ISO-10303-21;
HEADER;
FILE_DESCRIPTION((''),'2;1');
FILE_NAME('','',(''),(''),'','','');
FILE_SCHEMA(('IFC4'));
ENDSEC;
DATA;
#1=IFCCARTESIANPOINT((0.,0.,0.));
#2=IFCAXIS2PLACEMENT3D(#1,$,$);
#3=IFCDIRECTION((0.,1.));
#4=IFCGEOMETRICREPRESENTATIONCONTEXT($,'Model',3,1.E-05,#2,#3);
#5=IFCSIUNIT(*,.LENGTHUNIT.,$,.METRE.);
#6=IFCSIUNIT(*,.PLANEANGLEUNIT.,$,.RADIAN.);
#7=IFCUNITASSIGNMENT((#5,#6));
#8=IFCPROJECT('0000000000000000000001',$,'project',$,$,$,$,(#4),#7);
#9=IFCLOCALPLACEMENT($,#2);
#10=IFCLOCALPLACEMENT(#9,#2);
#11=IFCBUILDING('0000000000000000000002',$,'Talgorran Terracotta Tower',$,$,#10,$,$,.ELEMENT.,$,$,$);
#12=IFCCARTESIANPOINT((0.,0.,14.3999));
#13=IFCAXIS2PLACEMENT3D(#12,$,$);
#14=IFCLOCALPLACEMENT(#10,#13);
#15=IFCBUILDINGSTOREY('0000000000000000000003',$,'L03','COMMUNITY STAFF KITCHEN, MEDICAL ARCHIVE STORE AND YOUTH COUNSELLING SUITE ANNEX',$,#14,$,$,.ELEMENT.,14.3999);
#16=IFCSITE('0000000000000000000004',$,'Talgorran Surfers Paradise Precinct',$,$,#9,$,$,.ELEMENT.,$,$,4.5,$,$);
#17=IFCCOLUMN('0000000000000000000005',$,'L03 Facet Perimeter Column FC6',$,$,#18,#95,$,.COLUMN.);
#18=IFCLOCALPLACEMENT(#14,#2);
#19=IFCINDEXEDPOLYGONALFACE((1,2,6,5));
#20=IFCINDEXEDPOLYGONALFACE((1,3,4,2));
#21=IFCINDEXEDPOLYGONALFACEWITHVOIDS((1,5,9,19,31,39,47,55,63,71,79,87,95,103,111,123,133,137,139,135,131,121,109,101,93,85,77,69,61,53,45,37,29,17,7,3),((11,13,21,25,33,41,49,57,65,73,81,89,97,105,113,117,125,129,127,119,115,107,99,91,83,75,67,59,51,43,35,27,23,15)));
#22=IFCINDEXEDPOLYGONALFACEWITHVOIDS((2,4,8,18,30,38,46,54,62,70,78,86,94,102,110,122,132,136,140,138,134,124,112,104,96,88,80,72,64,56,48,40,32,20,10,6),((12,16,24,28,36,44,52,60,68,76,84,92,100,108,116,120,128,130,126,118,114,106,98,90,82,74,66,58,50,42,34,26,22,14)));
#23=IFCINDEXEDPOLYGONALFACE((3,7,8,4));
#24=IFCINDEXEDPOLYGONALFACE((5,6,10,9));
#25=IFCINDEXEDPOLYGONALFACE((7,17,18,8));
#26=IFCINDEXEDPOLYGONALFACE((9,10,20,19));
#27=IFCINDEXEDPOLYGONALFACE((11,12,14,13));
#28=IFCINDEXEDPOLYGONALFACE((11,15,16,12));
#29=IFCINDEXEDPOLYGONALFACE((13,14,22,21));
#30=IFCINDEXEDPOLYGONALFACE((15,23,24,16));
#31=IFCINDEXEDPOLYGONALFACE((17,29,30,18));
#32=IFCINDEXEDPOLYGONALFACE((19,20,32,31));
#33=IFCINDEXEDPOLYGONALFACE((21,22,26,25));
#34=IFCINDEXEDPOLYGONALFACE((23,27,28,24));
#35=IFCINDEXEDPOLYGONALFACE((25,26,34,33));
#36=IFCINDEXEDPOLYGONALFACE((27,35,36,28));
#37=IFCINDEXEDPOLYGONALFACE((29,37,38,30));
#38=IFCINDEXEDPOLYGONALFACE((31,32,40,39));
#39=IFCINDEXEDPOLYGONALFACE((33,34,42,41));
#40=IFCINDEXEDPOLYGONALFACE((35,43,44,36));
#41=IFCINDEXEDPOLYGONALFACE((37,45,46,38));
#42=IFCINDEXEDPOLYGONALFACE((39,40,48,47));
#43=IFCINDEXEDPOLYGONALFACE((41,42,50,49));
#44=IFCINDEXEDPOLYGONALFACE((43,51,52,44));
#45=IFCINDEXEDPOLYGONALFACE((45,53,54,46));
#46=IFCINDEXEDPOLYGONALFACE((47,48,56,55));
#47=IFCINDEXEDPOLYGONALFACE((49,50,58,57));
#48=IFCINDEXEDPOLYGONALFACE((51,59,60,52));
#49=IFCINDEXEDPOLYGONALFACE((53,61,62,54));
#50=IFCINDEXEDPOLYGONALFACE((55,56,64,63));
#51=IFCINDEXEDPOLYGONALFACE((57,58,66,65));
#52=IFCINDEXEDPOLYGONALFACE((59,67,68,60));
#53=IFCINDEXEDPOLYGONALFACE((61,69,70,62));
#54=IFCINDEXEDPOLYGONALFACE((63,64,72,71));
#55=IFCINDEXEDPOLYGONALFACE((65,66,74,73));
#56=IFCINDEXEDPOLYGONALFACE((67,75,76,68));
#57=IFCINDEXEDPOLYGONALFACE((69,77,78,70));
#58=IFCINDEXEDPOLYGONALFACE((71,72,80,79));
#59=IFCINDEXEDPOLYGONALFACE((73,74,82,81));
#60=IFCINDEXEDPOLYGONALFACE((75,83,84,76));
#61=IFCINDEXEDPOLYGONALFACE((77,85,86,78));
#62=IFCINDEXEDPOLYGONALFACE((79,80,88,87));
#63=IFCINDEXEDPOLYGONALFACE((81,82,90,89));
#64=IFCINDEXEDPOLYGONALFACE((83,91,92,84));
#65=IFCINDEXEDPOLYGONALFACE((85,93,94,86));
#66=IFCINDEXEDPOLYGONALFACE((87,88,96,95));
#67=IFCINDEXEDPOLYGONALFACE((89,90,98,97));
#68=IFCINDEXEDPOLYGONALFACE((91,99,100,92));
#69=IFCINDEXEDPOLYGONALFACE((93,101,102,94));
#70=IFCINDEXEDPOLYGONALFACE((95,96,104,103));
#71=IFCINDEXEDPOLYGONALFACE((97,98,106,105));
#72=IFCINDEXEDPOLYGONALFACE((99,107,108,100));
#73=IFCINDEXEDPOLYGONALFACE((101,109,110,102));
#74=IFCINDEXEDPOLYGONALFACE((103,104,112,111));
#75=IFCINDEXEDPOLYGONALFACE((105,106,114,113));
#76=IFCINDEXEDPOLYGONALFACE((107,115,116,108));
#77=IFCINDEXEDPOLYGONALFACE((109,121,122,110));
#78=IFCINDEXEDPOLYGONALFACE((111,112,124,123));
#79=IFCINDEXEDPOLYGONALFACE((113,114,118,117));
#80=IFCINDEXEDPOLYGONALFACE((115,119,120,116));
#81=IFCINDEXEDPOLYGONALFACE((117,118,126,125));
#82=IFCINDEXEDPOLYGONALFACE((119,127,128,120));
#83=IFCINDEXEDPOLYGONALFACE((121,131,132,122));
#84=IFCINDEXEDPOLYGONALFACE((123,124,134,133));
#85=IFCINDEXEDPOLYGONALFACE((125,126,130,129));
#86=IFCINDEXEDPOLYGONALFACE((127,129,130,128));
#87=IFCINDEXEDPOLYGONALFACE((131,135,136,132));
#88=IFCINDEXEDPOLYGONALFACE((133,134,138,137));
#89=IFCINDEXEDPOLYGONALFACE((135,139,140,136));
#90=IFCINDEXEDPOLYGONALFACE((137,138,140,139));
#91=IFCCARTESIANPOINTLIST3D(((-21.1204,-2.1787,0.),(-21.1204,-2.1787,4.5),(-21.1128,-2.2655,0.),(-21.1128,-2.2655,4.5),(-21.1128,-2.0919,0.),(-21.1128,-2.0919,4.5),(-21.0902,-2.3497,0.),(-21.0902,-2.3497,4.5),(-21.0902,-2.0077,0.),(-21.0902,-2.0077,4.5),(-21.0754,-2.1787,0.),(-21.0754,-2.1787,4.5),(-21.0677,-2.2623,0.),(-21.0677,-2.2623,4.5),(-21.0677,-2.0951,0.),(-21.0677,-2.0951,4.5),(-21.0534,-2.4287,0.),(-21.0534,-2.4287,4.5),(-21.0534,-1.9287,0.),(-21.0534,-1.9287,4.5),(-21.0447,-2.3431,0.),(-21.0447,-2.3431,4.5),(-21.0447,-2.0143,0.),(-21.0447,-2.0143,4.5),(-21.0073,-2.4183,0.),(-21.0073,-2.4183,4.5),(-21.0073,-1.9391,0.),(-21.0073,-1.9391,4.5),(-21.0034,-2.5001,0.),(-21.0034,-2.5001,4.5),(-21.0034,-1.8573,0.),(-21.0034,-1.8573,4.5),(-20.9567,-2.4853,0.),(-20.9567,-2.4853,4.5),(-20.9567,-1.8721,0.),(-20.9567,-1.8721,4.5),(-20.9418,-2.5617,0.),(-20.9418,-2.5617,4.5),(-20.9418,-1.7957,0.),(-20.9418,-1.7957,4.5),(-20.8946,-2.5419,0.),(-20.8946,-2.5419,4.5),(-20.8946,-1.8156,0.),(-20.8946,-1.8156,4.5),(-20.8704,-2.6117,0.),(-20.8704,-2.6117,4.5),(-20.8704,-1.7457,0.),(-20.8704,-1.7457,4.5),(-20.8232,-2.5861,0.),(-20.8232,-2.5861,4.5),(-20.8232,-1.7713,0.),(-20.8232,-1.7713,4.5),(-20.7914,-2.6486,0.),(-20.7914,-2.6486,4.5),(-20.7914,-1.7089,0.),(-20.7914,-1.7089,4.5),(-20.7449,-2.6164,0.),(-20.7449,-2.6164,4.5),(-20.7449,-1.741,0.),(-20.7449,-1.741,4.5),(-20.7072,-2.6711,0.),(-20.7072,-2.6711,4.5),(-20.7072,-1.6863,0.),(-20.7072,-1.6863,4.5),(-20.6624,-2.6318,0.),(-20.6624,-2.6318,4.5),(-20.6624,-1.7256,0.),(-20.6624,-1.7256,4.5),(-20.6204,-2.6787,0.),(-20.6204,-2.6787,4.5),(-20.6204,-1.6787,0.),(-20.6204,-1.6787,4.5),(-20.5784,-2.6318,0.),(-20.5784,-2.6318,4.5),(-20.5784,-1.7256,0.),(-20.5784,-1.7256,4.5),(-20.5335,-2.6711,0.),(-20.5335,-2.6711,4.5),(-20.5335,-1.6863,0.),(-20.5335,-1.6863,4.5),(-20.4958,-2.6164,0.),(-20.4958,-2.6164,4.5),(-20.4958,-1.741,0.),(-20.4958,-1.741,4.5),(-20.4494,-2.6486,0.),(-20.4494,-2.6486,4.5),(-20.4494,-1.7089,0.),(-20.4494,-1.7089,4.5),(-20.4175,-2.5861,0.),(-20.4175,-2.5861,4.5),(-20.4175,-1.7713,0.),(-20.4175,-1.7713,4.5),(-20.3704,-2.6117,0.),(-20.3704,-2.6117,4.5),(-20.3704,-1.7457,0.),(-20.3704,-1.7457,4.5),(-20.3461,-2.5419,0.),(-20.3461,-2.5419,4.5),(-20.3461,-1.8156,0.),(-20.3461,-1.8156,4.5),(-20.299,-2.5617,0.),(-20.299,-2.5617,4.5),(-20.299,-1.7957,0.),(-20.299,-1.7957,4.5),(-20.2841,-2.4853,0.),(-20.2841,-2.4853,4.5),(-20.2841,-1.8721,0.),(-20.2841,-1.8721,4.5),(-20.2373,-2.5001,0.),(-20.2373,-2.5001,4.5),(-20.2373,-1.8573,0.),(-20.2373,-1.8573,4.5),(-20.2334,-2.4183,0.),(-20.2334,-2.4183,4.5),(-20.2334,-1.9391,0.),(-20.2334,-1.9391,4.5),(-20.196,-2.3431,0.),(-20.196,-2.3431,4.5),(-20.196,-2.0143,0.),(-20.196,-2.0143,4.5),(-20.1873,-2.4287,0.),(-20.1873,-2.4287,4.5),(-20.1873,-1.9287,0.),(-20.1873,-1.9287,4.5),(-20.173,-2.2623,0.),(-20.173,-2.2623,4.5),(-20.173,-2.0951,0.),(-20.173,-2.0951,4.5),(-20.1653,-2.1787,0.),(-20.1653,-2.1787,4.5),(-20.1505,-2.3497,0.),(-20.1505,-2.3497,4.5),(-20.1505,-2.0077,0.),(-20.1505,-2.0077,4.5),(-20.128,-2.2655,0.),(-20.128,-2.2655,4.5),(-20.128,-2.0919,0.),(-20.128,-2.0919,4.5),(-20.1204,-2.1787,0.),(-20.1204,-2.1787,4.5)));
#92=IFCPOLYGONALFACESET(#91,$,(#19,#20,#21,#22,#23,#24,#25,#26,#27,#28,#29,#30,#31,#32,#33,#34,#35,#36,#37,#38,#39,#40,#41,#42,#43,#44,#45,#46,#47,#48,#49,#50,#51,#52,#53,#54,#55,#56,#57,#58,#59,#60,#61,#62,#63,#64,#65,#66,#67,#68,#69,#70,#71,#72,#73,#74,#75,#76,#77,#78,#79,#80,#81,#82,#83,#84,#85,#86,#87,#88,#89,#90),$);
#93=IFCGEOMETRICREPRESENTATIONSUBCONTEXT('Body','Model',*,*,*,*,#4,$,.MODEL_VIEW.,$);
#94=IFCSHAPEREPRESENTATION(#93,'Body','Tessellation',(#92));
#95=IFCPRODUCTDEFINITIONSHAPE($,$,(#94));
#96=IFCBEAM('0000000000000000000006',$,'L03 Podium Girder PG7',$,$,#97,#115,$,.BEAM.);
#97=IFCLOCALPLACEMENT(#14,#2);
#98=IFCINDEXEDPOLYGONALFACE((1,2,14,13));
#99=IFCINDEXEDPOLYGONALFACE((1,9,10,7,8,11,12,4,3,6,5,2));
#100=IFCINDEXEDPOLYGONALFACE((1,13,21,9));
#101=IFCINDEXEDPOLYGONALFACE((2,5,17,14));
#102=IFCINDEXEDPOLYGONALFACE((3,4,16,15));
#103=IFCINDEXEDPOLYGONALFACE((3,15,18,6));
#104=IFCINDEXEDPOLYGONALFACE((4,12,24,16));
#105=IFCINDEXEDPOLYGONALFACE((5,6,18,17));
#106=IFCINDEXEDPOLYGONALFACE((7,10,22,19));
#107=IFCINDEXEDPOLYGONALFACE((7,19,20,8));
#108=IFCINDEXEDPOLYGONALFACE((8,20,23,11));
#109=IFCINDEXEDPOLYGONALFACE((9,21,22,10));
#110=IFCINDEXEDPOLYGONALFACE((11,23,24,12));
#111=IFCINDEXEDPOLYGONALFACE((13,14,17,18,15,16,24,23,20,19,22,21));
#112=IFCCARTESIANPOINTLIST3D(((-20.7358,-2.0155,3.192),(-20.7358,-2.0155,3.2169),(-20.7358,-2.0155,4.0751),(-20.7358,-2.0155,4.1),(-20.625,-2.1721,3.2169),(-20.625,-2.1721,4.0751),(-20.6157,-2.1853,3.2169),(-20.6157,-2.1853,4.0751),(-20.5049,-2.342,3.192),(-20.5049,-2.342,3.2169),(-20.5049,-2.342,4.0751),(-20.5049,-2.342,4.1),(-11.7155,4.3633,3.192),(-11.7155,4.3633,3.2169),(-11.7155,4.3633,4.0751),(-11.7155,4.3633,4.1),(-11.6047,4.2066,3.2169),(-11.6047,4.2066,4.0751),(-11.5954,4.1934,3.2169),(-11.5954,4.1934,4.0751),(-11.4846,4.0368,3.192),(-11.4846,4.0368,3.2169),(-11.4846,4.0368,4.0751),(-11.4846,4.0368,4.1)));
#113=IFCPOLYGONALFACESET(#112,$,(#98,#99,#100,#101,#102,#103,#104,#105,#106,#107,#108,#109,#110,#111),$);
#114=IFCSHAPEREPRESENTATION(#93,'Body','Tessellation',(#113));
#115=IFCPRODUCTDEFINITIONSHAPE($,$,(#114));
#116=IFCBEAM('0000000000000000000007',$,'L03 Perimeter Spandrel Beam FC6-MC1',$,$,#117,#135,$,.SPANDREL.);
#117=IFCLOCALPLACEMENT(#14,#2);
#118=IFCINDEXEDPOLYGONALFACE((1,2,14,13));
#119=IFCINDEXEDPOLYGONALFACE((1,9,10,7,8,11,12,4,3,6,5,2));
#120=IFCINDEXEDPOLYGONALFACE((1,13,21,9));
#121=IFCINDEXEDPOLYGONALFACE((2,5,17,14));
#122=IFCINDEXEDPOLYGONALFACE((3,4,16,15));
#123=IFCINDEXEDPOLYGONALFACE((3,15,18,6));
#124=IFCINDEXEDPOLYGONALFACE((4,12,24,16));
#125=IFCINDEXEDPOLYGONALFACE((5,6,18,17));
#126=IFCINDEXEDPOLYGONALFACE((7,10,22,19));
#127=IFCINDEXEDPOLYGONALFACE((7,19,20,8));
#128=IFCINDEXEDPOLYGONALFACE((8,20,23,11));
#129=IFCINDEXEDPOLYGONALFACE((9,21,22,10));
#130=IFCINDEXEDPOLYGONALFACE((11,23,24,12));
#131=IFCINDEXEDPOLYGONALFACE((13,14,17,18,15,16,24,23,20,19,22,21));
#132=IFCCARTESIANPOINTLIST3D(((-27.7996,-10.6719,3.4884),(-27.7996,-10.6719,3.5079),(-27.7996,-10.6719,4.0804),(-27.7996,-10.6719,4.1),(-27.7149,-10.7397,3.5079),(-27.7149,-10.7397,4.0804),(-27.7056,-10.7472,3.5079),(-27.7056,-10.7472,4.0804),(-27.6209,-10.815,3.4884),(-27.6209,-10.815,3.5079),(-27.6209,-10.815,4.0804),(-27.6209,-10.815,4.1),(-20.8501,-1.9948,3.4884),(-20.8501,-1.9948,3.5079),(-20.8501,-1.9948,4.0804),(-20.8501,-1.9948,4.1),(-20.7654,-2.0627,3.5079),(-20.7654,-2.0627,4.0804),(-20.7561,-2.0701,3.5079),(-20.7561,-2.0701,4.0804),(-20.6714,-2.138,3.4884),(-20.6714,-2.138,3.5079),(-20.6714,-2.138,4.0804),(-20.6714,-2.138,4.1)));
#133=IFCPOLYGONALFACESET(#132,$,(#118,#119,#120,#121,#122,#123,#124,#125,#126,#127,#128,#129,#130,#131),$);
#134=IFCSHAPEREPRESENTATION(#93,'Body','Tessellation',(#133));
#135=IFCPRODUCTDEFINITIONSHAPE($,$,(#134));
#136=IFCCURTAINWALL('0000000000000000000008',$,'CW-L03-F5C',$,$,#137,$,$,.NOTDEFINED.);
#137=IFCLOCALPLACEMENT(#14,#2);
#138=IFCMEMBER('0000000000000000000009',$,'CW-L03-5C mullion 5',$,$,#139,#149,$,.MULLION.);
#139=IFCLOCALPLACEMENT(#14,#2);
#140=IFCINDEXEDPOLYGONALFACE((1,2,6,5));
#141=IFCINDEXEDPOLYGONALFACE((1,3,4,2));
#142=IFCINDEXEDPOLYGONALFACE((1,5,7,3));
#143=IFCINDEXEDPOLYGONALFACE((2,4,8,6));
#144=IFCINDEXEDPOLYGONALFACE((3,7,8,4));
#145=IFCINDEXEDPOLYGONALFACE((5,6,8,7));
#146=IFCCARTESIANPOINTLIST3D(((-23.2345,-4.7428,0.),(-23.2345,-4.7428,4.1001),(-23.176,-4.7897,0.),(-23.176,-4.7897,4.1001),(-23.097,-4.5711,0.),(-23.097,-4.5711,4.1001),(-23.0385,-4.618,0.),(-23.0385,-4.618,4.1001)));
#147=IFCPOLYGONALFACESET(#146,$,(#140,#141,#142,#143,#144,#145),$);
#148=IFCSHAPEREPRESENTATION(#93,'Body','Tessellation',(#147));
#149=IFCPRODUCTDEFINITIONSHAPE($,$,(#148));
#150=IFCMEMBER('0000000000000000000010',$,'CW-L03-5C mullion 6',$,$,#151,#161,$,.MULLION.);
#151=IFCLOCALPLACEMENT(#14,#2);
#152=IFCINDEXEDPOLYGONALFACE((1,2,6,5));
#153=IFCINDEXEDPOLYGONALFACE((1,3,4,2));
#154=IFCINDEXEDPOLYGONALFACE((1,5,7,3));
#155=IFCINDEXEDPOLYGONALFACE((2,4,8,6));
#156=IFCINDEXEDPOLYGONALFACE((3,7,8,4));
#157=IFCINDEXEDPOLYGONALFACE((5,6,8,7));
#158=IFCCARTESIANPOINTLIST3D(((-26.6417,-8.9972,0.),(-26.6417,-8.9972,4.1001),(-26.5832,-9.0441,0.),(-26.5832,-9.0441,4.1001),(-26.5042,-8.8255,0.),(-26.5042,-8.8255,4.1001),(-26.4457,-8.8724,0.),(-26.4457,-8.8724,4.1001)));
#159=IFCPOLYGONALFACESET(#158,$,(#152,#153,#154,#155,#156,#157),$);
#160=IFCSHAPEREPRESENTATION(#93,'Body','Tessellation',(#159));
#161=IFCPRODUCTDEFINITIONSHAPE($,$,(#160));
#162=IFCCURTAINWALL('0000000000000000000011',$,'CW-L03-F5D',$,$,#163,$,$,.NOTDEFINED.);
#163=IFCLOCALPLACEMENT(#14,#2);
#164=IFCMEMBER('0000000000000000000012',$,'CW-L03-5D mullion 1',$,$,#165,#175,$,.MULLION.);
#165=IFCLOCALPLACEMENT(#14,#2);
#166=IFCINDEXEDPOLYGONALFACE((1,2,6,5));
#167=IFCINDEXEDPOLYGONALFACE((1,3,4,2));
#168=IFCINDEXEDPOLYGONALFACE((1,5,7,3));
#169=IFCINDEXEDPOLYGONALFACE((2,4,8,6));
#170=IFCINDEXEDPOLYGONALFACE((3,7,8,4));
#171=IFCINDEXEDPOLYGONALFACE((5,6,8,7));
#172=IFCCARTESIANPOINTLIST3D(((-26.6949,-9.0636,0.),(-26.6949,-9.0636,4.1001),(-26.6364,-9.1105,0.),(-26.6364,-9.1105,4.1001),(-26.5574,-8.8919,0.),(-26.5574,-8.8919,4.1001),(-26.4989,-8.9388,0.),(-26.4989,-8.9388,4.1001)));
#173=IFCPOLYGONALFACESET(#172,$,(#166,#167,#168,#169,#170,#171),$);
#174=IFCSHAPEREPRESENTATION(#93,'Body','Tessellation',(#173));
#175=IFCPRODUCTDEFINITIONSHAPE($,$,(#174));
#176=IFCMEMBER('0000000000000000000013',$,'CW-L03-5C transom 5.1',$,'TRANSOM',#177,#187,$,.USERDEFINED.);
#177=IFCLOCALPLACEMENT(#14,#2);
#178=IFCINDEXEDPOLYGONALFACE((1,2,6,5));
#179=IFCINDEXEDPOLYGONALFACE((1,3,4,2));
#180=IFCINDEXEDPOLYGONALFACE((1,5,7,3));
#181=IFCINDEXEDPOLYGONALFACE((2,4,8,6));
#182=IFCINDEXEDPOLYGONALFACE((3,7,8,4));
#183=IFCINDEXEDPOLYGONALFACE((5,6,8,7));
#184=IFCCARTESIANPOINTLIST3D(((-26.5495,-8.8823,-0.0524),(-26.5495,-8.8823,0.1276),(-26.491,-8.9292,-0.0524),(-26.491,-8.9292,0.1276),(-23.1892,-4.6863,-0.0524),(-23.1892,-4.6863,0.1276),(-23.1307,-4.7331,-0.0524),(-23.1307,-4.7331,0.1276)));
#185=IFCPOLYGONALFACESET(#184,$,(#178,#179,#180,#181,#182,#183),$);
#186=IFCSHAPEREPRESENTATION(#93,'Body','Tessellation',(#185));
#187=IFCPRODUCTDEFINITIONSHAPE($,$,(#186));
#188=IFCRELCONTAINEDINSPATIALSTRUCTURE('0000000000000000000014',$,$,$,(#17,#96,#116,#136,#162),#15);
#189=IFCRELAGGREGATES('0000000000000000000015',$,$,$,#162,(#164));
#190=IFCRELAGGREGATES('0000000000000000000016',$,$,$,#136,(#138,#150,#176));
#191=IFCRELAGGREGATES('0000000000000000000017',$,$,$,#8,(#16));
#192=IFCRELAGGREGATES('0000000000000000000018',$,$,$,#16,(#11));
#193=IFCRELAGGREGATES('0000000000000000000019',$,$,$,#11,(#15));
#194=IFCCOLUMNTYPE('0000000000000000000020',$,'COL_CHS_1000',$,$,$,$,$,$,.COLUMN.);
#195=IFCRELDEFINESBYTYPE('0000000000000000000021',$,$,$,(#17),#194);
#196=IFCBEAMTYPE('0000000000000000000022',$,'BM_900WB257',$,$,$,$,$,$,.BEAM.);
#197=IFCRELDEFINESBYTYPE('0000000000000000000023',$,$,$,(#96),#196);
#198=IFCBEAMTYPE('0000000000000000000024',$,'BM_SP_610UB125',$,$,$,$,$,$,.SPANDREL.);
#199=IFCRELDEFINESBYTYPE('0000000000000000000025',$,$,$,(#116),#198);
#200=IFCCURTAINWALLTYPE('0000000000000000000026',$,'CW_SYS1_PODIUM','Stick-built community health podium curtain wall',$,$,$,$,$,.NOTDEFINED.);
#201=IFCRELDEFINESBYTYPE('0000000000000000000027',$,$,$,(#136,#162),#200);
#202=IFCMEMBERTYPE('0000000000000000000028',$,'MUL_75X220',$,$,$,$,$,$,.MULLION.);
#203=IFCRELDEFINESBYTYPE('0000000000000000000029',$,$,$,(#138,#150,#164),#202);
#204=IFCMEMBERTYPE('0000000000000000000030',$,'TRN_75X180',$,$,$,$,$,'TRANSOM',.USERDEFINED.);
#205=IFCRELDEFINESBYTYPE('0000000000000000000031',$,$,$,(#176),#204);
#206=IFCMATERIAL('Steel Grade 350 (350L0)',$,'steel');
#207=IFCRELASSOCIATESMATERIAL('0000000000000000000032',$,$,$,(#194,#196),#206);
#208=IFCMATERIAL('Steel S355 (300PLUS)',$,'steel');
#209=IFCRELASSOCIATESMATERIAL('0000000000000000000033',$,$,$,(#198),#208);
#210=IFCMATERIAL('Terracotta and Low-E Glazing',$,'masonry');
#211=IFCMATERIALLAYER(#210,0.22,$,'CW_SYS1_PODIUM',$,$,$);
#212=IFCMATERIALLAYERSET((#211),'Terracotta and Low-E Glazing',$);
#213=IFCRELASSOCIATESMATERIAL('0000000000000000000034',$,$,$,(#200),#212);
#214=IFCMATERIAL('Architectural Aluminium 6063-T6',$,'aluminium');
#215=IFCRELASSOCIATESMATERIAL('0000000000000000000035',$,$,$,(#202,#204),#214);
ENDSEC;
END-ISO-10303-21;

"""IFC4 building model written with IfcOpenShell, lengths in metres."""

from ifc_helpers import new_model, si_unit, direction, frame, origin, origin_2d, place, context, subcontext, project, spatial, rectangle, hollow_circle, i_section, extrude, material, layer, layer_set, material_profile, profile_set, type_object, element, aggregate, save


model = new_model("IFC4")

# Units and contexts
model_context = context("Model", 3, precision=1e-05, world=origin(), true_north=direction((0.0, 1.0)))
body_context = subcontext(model_context, "Body", "Model", "MODEL_VIEW")
ifc_project = project(units=[si_unit("LENGTHUNIT", "METRE"), si_unit("PLANEANGLEUNIT", "RADIAN")], contexts=[model_context])

# Site, building, storey
site_placement = place(None, origin())
site = spatial("IfcSite", under=ifc_project, at=site_placement, Name="Talgorran Surfers Paradise Precinct", CompositionType="ELEMENT", RefElevation=4.5)
building_placement = place(site_placement, origin())
building = spatial("IfcBuilding", under=site, at=building_placement, Name="Talgorran Terracotta Tower", CompositionType="ELEMENT")
storey_placement = place(building_placement, frame((0.0, 0.0, 14.3999)))
storey = spatial("IfcBuildingStorey", under=building, at=storey_placement, Name="L03", Description="COMMUNITY STAFF KITCHEN, MEDICAL ARCHIVE STORE AND YOUTH COUNSELLING SUITE ANNEX", CompositionType="ELEMENT", Elevation=14.3999)

# Column
ifc_material_1 = material(Name="Steel Grade 350 (350L0)", Category="steel")
ifc_material_profile_1 = material_profile(ifc_material_1, hollow_circle(Radius=0.5, WallThickness=0.0449, at=origin_2d()), Name="CHS1000X45")
ifc_profile_set_1 = profile_set([ifc_material_profile_1], Name="Steel Grade 350 (350L0)")
column_type = type_object("IfcColumnType", Name="COL_CHS_1000", PredefinedType="COLUMN", material=ifc_profile_set_1)
column_placement = place(storey_placement, frame((-20.6204, -2.1787, 0.0), z_axis=(0.0, 0.0, 1.0), x_axis=(1.0, 0.0, 0.0)))
element("IfcColumn", 1, at=column_placement, inside=storey, type_object=column_type, Name="L03 Facet Perimeter Column FC6", PredefinedType="COLUMN", context=body_context, shape_type="SweptSolid", body=[
    extrude(hollow_circle(Radius=0.5, WallThickness=0.0449, at=origin_2d()), origin(), (0.0, 0.0, 1.0), 4.5),
])

# Beams
ifc_material_profile_2 = material_profile(ifc_material_1, i_section(OverallWidth=0.3999, OverallDepth=0.908, WebThickness=0.0161, FlangeThickness=0.0249, at=origin_2d()), Name="900WB257")
ifc_profile_set_2 = profile_set([ifc_material_profile_2], Name="Steel Grade 350 (350L0)")
beam_type_1 = type_object("IfcBeamType", Name="BM_900WB257", PredefinedType="BEAM", material=ifc_profile_set_2)
beam_1_placement = place(storey_placement, frame((-20.6204, -2.1787, 3.646), z_axis=(0.816481, 0.577373, 0.0), x_axis=(-0.577373, 0.816481, 0.0)))
element("IfcBeam", 2, at=beam_1_placement, inside=storey, type_object=beam_type_1, Name="L03 Podium Girder PG7", PredefinedType="BEAM", context=body_context, shape_type="SweptSolid", body=[
    extrude(i_section(OverallWidth=0.3999, OverallDepth=0.908, WebThickness=0.0161, FlangeThickness=0.0249, at=origin_2d()), origin(), (0.0, 0.0, 1.0), 11.0479),
])
ifc_material_2 = material(Name="Steel S355 (300PLUS)", Category="steel")
ifc_material_profile_3 = material_profile(ifc_material_2, i_section(OverallWidth=0.229, OverallDepth=0.6116, WebThickness=0.012, FlangeThickness=0.0195, at=origin_2d()), Name="610UB125")
ifc_profile_set_3 = profile_set([ifc_material_profile_3], Name="Steel S355 (300PLUS)")
beam_type_2 = type_object("IfcBeamType", Name="BM_SP_610UB125", PredefinedType="SPANDREL", material=ifc_profile_set_3)
beam_2_placement = place(storey_placement, frame((-20.7607, -2.0664, 3.7942), z_axis=(-0.625126, -0.780524, 0.0), x_axis=(0.780524, -0.625126, 0.0)))
element("IfcBeam", 3, at=beam_2_placement, inside=storey, type_object=beam_type_2, Name="L03 Perimeter Spandrel Beam FC6-MC1", PredefinedType="SPANDREL", context=body_context, shape_type="SweptSolid", body=[
    extrude(i_section(OverallWidth=0.229, OverallDepth=0.6116, WebThickness=0.012, FlangeThickness=0.0195, at=origin_2d()), origin(), (0.0, 0.0, 1.0), 11.1169),
])

# Curtain wall, members
ifc_material_3 = material(Name="Terracotta and Low-E Glazing", Category="masonry")
ifc_layer_1 = layer(ifc_material_3, 0.22, Name="CW_SYS1_PODIUM")
ifc_layer_set_1 = layer_set([ifc_layer_1], Name="Terracotta and Low-E Glazing")
curtain_wall_type = type_object("IfcCurtainWallType", Name="CW_SYS1_PODIUM", Description="Stick-built community health podium curtain wall", PredefinedType="NOTDEFINED", material=ifc_layer_set_1)
curtain_wall_1_placement = place(storey_placement, origin())
curtain_wall_1 = element("IfcCurtainWall", 4, at=curtain_wall_1_placement, inside=storey, type_object=curtain_wall_type, Name="CW-L03-F5C", PredefinedType="NOTDEFINED")
ifc_material_4 = material(Name="Architectural Aluminium 6063-T6", Category="aluminium")
ifc_material_profile_4 = material_profile(ifc_material_4, rectangle(XDim=0.075, YDim=0.22, at=origin_2d()), Name="CWM75X220")
ifc_profile_set_4 = profile_set([ifc_material_profile_4], Name="Architectural Aluminium 6063-T6")
member_type_1 = type_object("IfcMemberType", Name="MUL_75X220", PredefinedType="MULLION", material=ifc_profile_set_4)
member_1_placement = place(storey_placement, frame((-23.1365, -4.6804, 0.0), z_axis=(0.0, 0.0, 1.0), x_axis=(0.780531, -0.625117, 0.0)))
member_1 = element("IfcMember", 5, at=member_1_placement, type_object=member_type_1, Name="CW-L03-5C mullion 5", PredefinedType="MULLION", context=body_context, shape_type="SweptSolid", body=[
    extrude(rectangle(XDim=0.075, YDim=0.22, at=origin_2d()), origin(), (0.0, 0.0, 1.0), 4.1001),
])
member_2_placement = place(storey_placement, frame((-26.5437, -8.9348, 0.0), z_axis=(0.0, 0.0, 1.0), x_axis=(0.780531, -0.625117, 0.0)))
member_2 = element("IfcMember", 6, at=member_2_placement, type_object=member_type_1, Name="CW-L03-5C mullion 6", PredefinedType="MULLION", context=body_context, shape_type="SweptSolid", body=[
    extrude(rectangle(XDim=0.075, YDim=0.22, at=origin_2d()), origin(), (0.0, 0.0, 1.0), 4.1001),
])

# Curtain wall, member
curtain_wall_2_placement = place(storey_placement, origin())
curtain_wall_2 = element("IfcCurtainWall", 7, at=curtain_wall_2_placement, inside=storey, type_object=curtain_wall_type, Name="CW-L03-F5D", PredefinedType="NOTDEFINED")
member_3_placement = place(storey_placement, frame((-26.5969, -9.0012, 0.0), z_axis=(0.0, 0.0, 1.0), x_axis=(0.780524, -0.625126, 0.0)))
member_3 = element("IfcMember", 8, at=member_3_placement, type_object=member_type_1, Name="CW-L03-5D mullion 1", PredefinedType="MULLION", context=body_context, shape_type="SweptSolid", body=[
    extrude(rectangle(XDim=0.075, YDim=0.22, at=origin_2d()), origin(), (0.0, 0.0, 1.0), 4.1001),
])

# Member
ifc_material_profile_5 = material_profile(ifc_material_4, rectangle(XDim=0.075, YDim=0.1799, at=origin_2d()), Name="CWT75X180")
ifc_profile_set_5 = profile_set([ifc_material_profile_5], Name="Architectural Aluminium 6063-T6")
member_type_2 = type_object("IfcMemberType", Name="TRN_75X180", ElementType="TRANSOM", PredefinedType="USERDEFINED", material=ifc_profile_set_5)
member_4_placement = place(storey_placement, frame((-23.1599, -4.7097, 0.0376), z_axis=(-0.625094, -0.78055, 0.0), x_axis=(0.78055, -0.625094, 0.0)))
member_4 = element("IfcMember", 9, at=member_4_placement, type_object=member_type_2, Name="CW-L03-5C transom 5.1", ObjectType="TRANSOM", PredefinedType="USERDEFINED", context=body_context, shape_type="SweptSolid", body=[
    extrude(rectangle(XDim=0.075, YDim=0.1799, at=origin_2d()), origin(), (0.0, 0.0, 1.0), 5.3757),
])
aggregate(curtain_wall_2, [member_3])

aggregate(curtain_wall_1, [member_1, member_2, member_4])

save(model, "model.ifc")
